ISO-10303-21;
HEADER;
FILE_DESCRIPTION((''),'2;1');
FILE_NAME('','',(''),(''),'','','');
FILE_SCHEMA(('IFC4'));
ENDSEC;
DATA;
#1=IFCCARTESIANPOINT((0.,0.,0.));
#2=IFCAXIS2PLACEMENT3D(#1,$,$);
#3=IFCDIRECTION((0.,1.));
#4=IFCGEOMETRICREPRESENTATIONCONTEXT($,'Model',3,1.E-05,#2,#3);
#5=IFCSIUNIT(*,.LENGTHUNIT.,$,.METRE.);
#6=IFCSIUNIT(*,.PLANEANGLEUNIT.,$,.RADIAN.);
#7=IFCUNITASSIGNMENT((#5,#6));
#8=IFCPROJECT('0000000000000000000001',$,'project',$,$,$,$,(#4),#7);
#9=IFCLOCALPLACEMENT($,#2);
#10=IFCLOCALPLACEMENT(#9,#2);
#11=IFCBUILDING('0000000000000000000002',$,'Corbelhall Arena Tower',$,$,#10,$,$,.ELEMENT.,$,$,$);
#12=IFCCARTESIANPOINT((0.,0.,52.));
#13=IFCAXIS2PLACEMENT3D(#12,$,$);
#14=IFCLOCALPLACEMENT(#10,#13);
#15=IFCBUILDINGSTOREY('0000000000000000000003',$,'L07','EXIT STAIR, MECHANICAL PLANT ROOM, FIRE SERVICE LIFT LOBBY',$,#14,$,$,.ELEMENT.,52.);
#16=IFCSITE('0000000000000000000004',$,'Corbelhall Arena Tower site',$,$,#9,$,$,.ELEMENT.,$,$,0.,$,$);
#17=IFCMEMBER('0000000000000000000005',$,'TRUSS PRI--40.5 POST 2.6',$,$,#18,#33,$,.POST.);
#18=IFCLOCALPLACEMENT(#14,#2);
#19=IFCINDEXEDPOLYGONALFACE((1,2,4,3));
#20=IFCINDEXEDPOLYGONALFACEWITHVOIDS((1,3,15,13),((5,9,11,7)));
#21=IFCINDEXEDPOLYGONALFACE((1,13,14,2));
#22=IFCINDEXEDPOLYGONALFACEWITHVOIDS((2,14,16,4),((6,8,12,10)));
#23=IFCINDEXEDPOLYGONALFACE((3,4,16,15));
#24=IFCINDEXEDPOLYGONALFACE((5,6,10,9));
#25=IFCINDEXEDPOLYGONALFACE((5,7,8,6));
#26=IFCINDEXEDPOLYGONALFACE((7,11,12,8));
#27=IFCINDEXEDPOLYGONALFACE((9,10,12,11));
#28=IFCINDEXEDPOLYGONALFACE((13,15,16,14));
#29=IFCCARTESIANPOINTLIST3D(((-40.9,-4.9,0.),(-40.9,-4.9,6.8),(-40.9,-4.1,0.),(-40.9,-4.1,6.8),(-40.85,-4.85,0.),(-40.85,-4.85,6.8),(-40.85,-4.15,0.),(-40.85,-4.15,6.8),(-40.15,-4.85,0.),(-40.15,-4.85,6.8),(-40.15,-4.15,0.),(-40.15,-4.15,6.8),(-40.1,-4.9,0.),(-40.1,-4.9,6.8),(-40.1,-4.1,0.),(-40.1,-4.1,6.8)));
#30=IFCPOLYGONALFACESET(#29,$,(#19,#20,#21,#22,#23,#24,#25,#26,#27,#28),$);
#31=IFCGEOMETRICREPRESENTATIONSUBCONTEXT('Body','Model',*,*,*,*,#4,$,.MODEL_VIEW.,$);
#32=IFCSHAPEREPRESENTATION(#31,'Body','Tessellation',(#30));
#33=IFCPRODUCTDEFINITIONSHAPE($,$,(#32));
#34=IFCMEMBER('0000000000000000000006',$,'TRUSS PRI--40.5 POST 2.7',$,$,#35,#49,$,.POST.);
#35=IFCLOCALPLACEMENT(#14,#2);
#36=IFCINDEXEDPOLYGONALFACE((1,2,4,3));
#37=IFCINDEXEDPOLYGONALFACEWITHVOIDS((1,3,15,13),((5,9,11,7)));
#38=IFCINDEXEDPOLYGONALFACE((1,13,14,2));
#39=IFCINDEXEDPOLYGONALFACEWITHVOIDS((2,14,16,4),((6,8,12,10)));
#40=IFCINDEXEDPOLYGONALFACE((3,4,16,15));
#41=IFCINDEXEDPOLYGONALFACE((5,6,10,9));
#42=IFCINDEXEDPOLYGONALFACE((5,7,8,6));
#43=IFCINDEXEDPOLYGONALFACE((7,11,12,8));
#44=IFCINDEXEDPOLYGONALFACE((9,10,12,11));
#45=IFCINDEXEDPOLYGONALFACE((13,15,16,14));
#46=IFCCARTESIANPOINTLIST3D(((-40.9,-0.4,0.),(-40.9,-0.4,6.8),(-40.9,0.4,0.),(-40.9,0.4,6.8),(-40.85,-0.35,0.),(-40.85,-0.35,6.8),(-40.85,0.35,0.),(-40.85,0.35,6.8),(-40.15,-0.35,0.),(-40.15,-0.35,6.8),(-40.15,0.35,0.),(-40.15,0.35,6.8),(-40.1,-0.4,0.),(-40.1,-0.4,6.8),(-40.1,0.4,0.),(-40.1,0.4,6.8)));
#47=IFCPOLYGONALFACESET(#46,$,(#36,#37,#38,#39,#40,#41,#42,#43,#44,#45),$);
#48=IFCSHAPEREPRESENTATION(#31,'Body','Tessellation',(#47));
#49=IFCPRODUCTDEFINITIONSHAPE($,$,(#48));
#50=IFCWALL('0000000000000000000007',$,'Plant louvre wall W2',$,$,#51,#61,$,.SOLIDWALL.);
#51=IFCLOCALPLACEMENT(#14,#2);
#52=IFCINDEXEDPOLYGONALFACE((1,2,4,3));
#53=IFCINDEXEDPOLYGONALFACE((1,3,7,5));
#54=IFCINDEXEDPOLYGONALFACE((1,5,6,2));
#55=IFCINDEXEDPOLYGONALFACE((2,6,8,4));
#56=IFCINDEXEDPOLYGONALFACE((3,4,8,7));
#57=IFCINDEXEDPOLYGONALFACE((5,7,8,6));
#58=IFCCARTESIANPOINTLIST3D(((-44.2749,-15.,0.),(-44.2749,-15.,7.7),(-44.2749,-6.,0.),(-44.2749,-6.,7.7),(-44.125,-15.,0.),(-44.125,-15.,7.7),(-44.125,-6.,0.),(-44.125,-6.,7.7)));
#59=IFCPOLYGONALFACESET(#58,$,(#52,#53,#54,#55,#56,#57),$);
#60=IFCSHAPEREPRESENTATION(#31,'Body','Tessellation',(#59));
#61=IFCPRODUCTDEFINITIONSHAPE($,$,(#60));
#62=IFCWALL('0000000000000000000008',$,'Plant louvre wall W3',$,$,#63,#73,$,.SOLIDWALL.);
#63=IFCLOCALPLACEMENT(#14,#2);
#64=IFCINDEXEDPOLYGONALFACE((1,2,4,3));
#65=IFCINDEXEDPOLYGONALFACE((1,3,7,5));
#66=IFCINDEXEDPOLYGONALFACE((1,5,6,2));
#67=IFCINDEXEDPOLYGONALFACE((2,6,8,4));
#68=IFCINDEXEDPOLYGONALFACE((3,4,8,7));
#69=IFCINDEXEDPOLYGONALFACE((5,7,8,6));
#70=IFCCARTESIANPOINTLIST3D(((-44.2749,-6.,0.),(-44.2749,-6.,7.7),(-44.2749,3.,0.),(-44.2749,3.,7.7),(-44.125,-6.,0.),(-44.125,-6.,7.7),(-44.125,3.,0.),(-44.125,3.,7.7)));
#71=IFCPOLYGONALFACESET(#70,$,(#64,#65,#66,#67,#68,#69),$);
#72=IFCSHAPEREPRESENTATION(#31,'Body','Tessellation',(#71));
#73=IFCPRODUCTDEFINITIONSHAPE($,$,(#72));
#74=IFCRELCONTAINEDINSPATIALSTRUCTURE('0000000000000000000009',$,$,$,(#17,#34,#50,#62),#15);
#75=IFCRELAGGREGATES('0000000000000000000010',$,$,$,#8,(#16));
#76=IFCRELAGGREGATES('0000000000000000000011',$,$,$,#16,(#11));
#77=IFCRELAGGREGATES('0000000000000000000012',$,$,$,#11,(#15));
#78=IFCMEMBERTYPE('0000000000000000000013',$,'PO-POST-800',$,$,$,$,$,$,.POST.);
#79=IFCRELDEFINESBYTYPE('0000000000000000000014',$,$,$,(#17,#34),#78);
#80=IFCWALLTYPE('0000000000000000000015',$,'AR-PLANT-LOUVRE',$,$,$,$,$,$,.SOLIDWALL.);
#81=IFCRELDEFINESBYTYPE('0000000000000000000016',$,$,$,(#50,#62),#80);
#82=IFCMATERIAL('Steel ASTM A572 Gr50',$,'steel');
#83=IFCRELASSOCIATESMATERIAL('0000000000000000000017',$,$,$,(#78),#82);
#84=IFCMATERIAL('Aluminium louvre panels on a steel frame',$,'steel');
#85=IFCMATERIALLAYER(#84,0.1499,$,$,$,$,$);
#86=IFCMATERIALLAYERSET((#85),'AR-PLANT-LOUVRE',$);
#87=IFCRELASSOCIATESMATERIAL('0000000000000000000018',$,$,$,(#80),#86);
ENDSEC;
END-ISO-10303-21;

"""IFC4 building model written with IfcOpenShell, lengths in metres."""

from ifc_helpers import new_model, si_unit, direction, frame, frame_2d, origin, origin_2d, place, context, subcontext, project, spatial, rectangle, hollow_rectangle, extrude, material, layer, layer_set, material_profile, profile_set, type_object, element, save


model = new_model("IFC4")

# Units and contexts
model_context = context("Model", 3, precision=1e-05, world=origin(), true_north=direction((0.0, 1.0)))
body_context = subcontext(model_context, "Body", "Model", "MODEL_VIEW")
ifc_project = project(units=[si_unit("LENGTHUNIT", "METRE"), si_unit("PLANEANGLEUNIT", "RADIAN")], contexts=[model_context])

# Site, building, storey
site_placement = place(None, origin())
site = spatial("IfcSite", under=ifc_project, at=site_placement, Name="Corbelhall Arena Tower site", CompositionType="ELEMENT", RefElevation=0.0)
building_placement = place(site_placement, origin())
building = spatial("IfcBuilding", under=site, at=building_placement, Name="Corbelhall Arena Tower", CompositionType="ELEMENT")
storey_placement = place(building_placement, frame((0.0, 0.0, 52.0)))
storey = spatial("IfcBuildingStorey", under=building, at=storey_placement, Name="L07", Description="EXIT STAIR, MECHANICAL PLANT ROOM, FIRE SERVICE LIFT LOBBY", CompositionType="ELEMENT", Elevation=52.0)

# Members
ifc_material_1 = material(Name="Steel ASTM A572 Gr50", Category="steel")
ifc_material_profile_1 = material_profile(ifc_material_1, hollow_rectangle(XDim=0.8, YDim=0.8, WallThickness=0.05, at=origin_2d()))
ifc_profile_set_1 = profile_set([ifc_material_profile_1], Name="Steel ASTM A572 Gr50")
member_type_1 = type_object("IfcMemberType", Name="PO-POST-800", PredefinedType="POST", material=ifc_profile_set_1)
for number, where, z_axis, x_axis, name in (
    (1, (-40.5, -4.5, 0.0), (0.0, 0.0, 1.0), (1.0, 0.0, 0.0), "TRUSS PRI--40.5 POST 2.6"),
    (2, (-40.5, 0.0, 0.0), (0.0, 0.0, 1.0), (1.0, 0.0, 0.0), "TRUSS PRI--40.5 POST 2.7"),
):
    element("IfcMember", number, at=place(storey_placement, frame(where, z_axis=z_axis, x_axis=x_axis)), inside=storey, type_object=member_type_1, Name=name, PredefinedType="POST", context=body_context, shape_type="SweptSolid", body=[
        extrude(hollow_rectangle(XDim=0.8, YDim=0.8, WallThickness=0.05, at=origin_2d()), origin(), (0.0, 0.0, 1.0), 6.8),
    ])

# Walls
ifc_material_2 = material(Name="Aluminium louvre panels on a steel frame", Category="steel")
ifc_layer = layer(ifc_material_2, 0.1499)
ifc_layer_set = layer_set([ifc_layer], Name="AR-PLANT-LOUVRE")
wall_type = type_object("IfcWallType", Name="AR-PLANT-LOUVRE", PredefinedType="SOLIDWALL", material=ifc_layer_set)
for number, where, z_axis, x_axis, name in (
    (3, (-44.2, -15.0, 0.0), (0.0, 0.0, 1.0), (0.0, 1.0, 0.0), "Plant louvre wall W2"),
    (4, (-44.2, -6.0, 0.0), (0.0, 0.0, 1.0), (0.0, 1.0, 0.0), "Plant louvre wall W3"),
):
    element("IfcWall", number, at=place(storey_placement, frame(where, z_axis=z_axis, x_axis=x_axis)), inside=storey, type_object=wall_type, Name=name, PredefinedType="SOLIDWALL", context=body_context, shape_type="SweptSolid", body=[
        extrude(rectangle(XDim=9.0, YDim=0.1499, at=frame_2d((4.5, 0.0))), origin(), (0.0, 0.0, 1.0), 7.7),
    ])

save(model, "model.ifc")
